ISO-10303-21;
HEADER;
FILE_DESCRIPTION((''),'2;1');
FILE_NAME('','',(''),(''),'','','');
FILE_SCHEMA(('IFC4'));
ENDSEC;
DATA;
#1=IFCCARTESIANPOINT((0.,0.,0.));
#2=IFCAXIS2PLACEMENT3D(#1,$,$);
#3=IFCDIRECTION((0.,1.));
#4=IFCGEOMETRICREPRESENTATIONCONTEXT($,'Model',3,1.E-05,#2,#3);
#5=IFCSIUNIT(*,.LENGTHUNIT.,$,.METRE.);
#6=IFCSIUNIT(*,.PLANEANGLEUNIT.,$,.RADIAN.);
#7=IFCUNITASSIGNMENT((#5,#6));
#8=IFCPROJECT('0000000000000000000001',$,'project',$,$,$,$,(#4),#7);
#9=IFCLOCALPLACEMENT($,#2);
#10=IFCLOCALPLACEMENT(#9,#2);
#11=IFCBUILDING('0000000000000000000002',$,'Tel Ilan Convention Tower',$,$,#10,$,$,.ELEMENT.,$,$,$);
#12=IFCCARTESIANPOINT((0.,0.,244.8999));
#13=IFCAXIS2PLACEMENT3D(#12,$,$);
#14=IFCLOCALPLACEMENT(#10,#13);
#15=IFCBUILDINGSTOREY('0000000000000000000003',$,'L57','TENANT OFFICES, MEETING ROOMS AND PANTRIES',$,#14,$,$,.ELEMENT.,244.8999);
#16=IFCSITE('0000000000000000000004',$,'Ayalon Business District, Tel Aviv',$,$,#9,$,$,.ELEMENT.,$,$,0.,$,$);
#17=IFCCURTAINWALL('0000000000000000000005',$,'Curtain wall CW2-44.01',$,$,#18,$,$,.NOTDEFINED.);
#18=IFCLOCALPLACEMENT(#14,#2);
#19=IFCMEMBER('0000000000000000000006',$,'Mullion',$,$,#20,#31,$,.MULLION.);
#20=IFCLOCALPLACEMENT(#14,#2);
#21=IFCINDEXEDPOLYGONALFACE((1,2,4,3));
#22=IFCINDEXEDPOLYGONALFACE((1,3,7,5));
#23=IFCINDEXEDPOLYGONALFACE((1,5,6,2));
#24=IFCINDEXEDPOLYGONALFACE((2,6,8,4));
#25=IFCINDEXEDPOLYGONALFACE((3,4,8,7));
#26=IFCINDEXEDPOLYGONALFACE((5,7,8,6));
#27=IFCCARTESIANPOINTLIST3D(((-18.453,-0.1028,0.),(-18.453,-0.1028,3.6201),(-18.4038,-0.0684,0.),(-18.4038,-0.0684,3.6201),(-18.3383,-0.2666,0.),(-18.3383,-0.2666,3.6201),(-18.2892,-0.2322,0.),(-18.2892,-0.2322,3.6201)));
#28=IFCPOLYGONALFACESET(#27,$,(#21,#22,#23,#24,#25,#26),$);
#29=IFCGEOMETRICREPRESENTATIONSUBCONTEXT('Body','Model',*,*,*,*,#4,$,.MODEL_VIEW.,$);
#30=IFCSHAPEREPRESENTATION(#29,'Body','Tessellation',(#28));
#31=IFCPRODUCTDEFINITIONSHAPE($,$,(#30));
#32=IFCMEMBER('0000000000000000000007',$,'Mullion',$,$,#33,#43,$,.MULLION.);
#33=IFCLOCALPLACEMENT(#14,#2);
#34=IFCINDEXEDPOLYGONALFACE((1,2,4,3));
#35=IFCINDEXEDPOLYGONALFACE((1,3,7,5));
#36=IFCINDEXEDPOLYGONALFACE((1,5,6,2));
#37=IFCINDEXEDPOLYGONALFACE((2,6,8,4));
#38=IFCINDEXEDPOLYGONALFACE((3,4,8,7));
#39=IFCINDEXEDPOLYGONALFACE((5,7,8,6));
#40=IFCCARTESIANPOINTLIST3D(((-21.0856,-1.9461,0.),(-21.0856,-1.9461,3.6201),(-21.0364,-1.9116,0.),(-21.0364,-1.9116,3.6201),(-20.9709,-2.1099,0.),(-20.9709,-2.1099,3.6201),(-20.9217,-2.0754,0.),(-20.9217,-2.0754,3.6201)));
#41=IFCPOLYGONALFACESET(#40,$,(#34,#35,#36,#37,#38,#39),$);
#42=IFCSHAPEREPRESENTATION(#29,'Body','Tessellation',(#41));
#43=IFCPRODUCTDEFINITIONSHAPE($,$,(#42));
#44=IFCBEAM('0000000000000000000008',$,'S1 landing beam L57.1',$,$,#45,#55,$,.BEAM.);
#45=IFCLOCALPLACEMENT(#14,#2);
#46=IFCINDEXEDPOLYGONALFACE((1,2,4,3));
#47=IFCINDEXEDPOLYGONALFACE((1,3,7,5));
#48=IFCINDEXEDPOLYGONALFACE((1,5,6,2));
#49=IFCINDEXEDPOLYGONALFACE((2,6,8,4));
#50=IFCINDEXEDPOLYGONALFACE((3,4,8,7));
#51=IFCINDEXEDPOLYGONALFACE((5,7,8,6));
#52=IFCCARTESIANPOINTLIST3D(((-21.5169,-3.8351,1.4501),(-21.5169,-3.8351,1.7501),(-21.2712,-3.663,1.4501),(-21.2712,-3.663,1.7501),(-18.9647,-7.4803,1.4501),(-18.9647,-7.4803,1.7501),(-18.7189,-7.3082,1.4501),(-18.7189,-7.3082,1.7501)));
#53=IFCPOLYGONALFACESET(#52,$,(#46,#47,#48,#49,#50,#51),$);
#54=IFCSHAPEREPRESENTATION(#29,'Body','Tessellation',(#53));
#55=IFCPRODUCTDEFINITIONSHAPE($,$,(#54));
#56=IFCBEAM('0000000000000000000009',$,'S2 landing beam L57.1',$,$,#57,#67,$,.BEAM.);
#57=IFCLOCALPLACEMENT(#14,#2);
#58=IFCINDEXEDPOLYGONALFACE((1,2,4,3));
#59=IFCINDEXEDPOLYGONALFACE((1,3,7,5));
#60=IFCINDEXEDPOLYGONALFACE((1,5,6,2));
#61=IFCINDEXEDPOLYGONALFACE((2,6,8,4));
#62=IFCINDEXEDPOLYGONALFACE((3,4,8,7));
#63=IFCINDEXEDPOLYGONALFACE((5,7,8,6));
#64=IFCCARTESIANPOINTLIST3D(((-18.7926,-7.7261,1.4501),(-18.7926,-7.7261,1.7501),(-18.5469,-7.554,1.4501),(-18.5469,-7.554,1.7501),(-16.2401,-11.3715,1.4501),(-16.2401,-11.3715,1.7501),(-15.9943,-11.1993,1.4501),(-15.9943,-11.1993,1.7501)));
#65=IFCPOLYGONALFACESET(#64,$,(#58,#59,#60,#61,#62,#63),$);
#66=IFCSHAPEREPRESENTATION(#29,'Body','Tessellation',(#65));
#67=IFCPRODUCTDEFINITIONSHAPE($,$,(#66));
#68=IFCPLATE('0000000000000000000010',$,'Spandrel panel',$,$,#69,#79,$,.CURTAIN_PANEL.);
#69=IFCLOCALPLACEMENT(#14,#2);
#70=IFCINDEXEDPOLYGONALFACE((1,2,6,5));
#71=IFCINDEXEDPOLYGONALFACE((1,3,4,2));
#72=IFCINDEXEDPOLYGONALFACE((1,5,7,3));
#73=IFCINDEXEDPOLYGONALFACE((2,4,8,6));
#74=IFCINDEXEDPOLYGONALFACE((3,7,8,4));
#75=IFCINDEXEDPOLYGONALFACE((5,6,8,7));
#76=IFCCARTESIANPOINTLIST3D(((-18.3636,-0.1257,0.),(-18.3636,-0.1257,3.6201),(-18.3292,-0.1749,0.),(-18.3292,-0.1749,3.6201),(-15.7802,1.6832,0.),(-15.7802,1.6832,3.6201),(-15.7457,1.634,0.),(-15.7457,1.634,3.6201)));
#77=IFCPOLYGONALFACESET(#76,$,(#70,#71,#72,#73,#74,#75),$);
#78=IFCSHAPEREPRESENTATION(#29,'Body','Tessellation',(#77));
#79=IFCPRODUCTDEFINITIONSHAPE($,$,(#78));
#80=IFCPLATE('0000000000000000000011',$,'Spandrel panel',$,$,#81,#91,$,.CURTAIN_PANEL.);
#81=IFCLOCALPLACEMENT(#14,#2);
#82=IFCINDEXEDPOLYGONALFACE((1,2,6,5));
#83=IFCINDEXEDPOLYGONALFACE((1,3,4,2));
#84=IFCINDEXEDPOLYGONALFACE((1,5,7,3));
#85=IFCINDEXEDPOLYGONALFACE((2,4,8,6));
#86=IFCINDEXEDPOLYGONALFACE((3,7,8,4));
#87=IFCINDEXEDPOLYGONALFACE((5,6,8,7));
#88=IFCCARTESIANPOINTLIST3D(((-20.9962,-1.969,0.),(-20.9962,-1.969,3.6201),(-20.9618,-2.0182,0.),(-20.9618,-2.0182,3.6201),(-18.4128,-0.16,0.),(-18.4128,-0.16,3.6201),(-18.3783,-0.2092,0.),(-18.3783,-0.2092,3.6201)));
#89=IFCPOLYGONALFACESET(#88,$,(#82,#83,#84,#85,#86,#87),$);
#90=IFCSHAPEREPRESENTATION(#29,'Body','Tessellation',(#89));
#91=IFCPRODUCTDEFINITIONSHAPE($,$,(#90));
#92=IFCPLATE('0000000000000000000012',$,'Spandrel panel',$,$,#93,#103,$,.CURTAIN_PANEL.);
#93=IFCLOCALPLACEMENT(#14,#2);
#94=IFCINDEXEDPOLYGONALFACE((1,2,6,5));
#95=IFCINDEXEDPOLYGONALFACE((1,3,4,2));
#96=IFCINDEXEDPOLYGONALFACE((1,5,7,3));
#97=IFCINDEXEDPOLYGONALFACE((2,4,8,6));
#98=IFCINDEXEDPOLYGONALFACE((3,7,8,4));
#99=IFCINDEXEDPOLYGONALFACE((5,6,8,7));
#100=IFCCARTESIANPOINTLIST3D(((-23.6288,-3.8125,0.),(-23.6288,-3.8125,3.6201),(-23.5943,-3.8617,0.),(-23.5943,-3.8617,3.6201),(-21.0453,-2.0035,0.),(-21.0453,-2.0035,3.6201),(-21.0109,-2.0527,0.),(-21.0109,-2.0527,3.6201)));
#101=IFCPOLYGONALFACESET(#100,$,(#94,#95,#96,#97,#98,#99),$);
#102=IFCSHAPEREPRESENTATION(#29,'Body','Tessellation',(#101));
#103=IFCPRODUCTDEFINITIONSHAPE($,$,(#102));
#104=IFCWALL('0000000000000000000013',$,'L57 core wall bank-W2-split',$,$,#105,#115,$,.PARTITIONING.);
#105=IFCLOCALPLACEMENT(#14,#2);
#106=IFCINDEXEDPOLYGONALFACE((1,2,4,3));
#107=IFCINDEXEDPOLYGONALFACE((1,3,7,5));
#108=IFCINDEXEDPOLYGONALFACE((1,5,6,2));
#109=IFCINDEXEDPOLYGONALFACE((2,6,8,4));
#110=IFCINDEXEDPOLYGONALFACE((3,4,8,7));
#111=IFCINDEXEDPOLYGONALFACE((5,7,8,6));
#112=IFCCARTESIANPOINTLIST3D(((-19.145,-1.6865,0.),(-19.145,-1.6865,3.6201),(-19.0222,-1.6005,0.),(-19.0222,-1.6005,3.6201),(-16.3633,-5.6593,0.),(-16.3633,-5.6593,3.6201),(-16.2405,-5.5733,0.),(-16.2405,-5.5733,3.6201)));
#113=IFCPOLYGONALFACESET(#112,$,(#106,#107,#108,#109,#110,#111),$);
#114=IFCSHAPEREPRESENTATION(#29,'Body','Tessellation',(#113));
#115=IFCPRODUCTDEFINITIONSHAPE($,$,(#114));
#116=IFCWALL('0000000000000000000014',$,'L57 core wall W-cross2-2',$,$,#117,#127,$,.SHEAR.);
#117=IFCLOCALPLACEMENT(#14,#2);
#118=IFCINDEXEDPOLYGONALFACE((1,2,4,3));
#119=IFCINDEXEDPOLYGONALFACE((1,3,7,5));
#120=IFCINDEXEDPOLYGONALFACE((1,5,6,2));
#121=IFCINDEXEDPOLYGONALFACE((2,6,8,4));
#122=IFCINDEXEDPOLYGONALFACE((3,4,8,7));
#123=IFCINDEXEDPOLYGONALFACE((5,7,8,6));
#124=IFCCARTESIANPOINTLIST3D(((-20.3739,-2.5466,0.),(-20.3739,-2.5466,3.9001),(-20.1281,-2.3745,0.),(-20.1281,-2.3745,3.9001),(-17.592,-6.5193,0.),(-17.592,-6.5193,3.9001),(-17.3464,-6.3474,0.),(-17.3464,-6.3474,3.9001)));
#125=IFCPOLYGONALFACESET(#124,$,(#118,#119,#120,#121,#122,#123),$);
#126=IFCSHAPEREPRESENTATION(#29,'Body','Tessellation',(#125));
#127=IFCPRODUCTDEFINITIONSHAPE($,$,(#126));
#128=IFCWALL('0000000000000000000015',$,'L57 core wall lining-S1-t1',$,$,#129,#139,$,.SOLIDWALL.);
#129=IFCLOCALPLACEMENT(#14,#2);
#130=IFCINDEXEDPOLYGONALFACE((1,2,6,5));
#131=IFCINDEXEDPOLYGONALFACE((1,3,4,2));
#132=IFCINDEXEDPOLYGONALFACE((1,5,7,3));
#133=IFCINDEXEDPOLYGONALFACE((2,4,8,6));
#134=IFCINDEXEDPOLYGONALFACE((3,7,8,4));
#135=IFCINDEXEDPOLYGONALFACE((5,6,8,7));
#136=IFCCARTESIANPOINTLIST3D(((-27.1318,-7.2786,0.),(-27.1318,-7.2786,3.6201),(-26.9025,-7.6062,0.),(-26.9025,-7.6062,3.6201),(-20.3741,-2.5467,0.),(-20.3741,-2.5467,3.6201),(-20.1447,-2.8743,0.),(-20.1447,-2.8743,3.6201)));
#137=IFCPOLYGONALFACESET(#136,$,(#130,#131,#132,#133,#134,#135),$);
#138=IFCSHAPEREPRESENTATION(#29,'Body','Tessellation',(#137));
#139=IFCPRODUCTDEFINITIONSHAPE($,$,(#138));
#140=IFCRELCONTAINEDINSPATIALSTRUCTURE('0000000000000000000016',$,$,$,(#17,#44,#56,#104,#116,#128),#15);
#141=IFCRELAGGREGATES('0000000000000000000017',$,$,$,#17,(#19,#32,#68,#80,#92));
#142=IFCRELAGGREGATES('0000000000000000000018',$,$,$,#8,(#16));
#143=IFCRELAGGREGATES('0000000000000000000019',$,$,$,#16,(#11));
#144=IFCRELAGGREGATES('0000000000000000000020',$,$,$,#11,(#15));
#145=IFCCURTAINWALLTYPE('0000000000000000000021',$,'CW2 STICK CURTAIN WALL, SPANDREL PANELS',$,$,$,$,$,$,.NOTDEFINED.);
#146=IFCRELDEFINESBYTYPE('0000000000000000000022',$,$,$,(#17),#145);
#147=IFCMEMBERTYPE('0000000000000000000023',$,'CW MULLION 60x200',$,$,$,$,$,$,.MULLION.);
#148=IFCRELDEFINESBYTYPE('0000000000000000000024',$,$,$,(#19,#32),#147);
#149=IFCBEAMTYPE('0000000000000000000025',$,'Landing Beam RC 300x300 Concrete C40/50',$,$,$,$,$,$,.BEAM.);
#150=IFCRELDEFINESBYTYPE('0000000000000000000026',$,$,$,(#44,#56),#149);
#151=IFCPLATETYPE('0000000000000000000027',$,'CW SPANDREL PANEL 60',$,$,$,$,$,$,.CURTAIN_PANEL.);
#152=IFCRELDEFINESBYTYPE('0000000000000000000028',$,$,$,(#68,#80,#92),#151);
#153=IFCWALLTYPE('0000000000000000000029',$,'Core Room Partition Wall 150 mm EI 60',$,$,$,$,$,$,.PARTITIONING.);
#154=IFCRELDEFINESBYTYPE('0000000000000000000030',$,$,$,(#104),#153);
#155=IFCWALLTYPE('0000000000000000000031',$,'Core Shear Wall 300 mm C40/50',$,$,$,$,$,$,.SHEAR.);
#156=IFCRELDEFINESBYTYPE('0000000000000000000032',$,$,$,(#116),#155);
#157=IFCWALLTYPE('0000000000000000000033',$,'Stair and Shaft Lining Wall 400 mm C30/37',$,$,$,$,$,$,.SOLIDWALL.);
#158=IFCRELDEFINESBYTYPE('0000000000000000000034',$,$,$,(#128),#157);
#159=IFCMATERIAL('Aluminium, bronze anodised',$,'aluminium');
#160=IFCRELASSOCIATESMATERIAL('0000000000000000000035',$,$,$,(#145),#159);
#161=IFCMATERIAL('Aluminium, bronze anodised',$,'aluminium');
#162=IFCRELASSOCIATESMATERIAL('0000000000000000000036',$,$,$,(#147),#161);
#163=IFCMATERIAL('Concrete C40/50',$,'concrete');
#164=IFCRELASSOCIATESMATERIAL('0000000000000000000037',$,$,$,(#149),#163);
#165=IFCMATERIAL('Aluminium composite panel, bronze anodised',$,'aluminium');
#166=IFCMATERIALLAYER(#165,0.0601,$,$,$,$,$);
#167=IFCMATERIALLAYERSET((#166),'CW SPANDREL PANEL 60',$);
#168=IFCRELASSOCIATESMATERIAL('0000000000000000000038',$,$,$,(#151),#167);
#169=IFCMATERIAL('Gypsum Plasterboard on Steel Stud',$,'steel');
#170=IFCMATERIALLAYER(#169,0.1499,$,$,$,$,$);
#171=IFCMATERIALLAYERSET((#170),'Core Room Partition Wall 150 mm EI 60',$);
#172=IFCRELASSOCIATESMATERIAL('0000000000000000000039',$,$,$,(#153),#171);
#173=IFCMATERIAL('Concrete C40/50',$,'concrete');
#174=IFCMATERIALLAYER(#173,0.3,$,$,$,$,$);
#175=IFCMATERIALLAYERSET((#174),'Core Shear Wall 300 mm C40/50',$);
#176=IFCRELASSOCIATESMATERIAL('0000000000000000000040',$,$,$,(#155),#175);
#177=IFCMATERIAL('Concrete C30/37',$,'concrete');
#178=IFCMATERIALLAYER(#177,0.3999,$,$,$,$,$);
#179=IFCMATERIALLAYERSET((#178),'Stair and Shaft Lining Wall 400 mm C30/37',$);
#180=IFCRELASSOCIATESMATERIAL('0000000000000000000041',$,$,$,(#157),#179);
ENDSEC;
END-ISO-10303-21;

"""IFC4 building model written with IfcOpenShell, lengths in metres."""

from ifc_helpers import new_model, si_unit, direction, frame, frame_2d, origin, origin_2d, place, context, subcontext, project, spatial, polyline, rectangle, outline, extrude, material, layer, layer_set, material_profile, profile_set, type_object, element, aggregate, save


model = new_model("IFC4")

# Units and contexts
model_context = context("Model", 3, precision=1e-05, world=origin(), true_north=direction((0.0, 1.0)))
body_context = subcontext(model_context, "Body", "Model", "MODEL_VIEW")
ifc_project = project(units=[si_unit("LENGTHUNIT", "METRE"), si_unit("PLANEANGLEUNIT", "RADIAN")], contexts=[model_context])

# Site, building, storey
site_placement = place(None, origin())
site = spatial("IfcSite", under=ifc_project, at=site_placement, Name="Ayalon Business District, Tel Aviv", CompositionType="ELEMENT", RefElevation=0.0)
building_placement = place(site_placement, origin())
building = spatial("IfcBuilding", under=site, at=building_placement, Name="Tel Ilan Convention Tower", CompositionType="ELEMENT")
storey_placement = place(building_placement, frame((0.0, 0.0, 244.8999)))
storey = spatial("IfcBuildingStorey", under=building, at=storey_placement, Name="L57", Description="TENANT OFFICES, MEETING ROOMS AND PANTRIES", CompositionType="ELEMENT", Elevation=244.8999)

# Curtain wall, members
ifc_material_1 = material(Name="Aluminium, bronze anodised", Category="aluminium")
curtain_wall_type = type_object("IfcCurtainWallType", Name="CW2 STICK CURTAIN WALL, SPANDREL PANELS", PredefinedType="NOTDEFINED", material=ifc_material_1)
curtain_wall_placement = place(storey_placement, origin())
curtain_wall = element("IfcCurtainWall", 1, at=curtain_wall_placement, inside=storey, type_object=curtain_wall_type, Name="Curtain wall CW2-44.01", PredefinedType="NOTDEFINED")
ifc_material_2 = material(Name="Aluminium, bronze anodised", Category="aluminium")
ifc_material_profile_1 = material_profile(ifc_material_2, rectangle(XDim=0.0601, YDim=0.2, at=origin_2d()), Name="CW MULLION 60x200")
ifc_profile_set_1 = profile_set([ifc_material_profile_1], Name="Aluminium, bronze anodised")
member_type = type_object("IfcMemberType", Name="CW MULLION 60x200", PredefinedType="MULLION", material=ifc_profile_set_1)
member_1_placement = place(storey_placement, frame((-18.3711, -0.1675, 0.0), z_axis=(0.0, 0.0, 1.0), x_axis=(-0.819152, -0.573576, 0.0)))
member_1 = element("IfcMember", 2, at=member_1_placement, type_object=member_type, Name="Mullion", PredefinedType="MULLION", context=body_context, shape_type="SweptSolid", body=[
    extrude(rectangle(XDim=0.0601, YDim=0.2, at=origin_2d()), origin(), (0.0, 0.0, 1.0), 3.6201),
])
member_2_placement = place(storey_placement, frame((-21.0037, -2.0107, 0.0), z_axis=(0.0, 0.0, 1.0), x_axis=(-0.819152, -0.573576, 0.0)))
member_2 = element("IfcMember", 3, at=member_2_placement, type_object=member_type, Name="Mullion", PredefinedType="MULLION", context=body_context, shape_type="SweptSolid", body=[
    extrude(rectangle(XDim=0.0601, YDim=0.2, at=origin_2d()), origin(), (0.0, 0.0, 1.0), 3.6201),
])

# Beams
ifc_material_3 = material(Name="Concrete C40/50", Category="concrete")
ifc_material_profile_2 = material_profile(ifc_material_3, rectangle(XDim=0.3, YDim=0.3, at=origin_2d()), Name="RC 300x300")
ifc_profile_set_2 = profile_set([ifc_material_profile_2], Name="Concrete C40/50")
beam_type = type_object("IfcBeamType", Name="Landing Beam RC 300x300 Concrete C40/50", PredefinedType="BEAM", material=ifc_profile_set_2)
beam_1_placement = place(storey_placement, frame((-18.8418, -7.3943, 1.6001), z_axis=(-0.573547, 0.819173, 0.0), x_axis=(-0.819173, -0.573547, 0.0)))
element("IfcBeam", 4, at=beam_1_placement, inside=storey, type_object=beam_type, Name="S1 landing beam L57.1", PredefinedType="BEAM", context=body_context, shape_type="SweptSolid", body=[
    extrude(rectangle(XDim=0.3, YDim=0.3, at=origin_2d()), origin(), (0.0, 0.0, 1.0), 4.45),
])
beam_2_placement = place(storey_placement, frame((-16.1172, -11.2854, 1.6001), z_axis=(-0.573584, 0.819147, 0.0), x_axis=(-0.819147, -0.573584, 0.0)))
element("IfcBeam", 5, at=beam_2_placement, inside=storey, type_object=beam_type, Name="S2 landing beam L57.1", PredefinedType="BEAM", context=body_context, shape_type="SweptSolid", body=[
    extrude(rectangle(XDim=0.3, YDim=0.3, at=origin_2d()), origin(), (0.0, 0.0, 1.0), 4.4502),
])

# Plates
ifc_material_4 = material(Name="Aluminium composite panel, bronze anodised", Category="aluminium")
ifc_layer_1 = layer(ifc_material_4, 0.0601)
ifc_layer_set_1 = layer_set([ifc_layer_1], Name="CW SPANDREL PANEL 60")
plate_type = type_object("IfcPlateType", Name="CW SPANDREL PANEL 60", PredefinedType="CURTAIN_PANEL", material=ifc_layer_set_1)
plate_1_placement = place(storey_placement, frame((-17.0547, 0.7542, 0.0), z_axis=(0.0, 0.0, 1.0), x_axis=(-0.819152, -0.573576, 0.0)))
plate_1 = element("IfcPlate", 6, at=plate_1_placement, type_object=plate_type, Name="Spandrel panel", PredefinedType="CURTAIN_PANEL", context=body_context, shape_type="SweptSolid", body=[
    extrude(rectangle(XDim=3.1538, YDim=0.0601, at=origin_2d()), origin(), (0.0, 0.0, 1.0), 3.6201),
])
plate_2_placement = place(storey_placement, frame((-19.6873, -1.0891, 0.0), z_axis=(0.0, 0.0, 1.0), x_axis=(-0.819152, -0.573576, 0.0)))
plate_2 = element("IfcPlate", 7, at=plate_2_placement, type_object=plate_type, Name="Spandrel panel", PredefinedType="CURTAIN_PANEL", context=body_context, shape_type="SweptSolid", body=[
    extrude(rectangle(XDim=3.1538, YDim=0.0601, at=origin_2d()), origin(), (0.0, 0.0, 1.0), 3.6201),
])
plate_3_placement = place(storey_placement, frame((-22.3198, -2.9326, 0.0), z_axis=(0.0, 0.0, 1.0), x_axis=(-0.819152, -0.573576, 0.0)))
plate_3 = element("IfcPlate", 8, at=plate_3_placement, type_object=plate_type, Name="Spandrel panel", PredefinedType="CURTAIN_PANEL", context=body_context, shape_type="SweptSolid", body=[
    extrude(rectangle(XDim=3.1538, YDim=0.0601, at=origin_2d()), origin(), (0.0, 0.0, 1.0), 3.6201),
])
aggregate(curtain_wall, [member_1, member_2, plate_1, plate_2, plate_3])

# Walls
ifc_material_5 = material(Name="Gypsum Plasterboard on Steel Stud", Category="steel")
ifc_layer_2 = layer(ifc_material_5, 0.1499)
ifc_layer_set_2 = layer_set([ifc_layer_2], Name="Core Room Partition Wall 150 mm EI 60")
wall_type_1 = type_object("IfcWallType", Name="Core Room Partition Wall 150 mm EI 60", PredefinedType="PARTITIONING", material=ifc_layer_set_2)
wall_1_placement = place(storey_placement, frame((-16.302, -5.6162, 0.0), z_axis=(0.0, 0.0, 1.0), x_axis=(-0.57356, 0.819163, 0.0)))
element("IfcWall", 9, at=wall_1_placement, inside=storey, type_object=wall_type_1, Name="L57 core wall bank-W2-split", PredefinedType="PARTITIONING", context=body_context, shape_type="SweptSolid", body=[
    extrude(rectangle(XDim=4.8499, YDim=0.1499, at=frame_2d((2.4248, 0.0))), origin(), (0.0, 0.0, 1.0), 3.6201),
])
ifc_material_6 = material(Name="Concrete C40/50", Category="concrete")
ifc_layer_3 = layer(ifc_material_6, 0.3)
ifc_layer_set_3 = layer_set([ifc_layer_3], Name="Core Shear Wall 300 mm C40/50")
wall_type_2 = type_object("IfcWallType", Name="Core Shear Wall 300 mm C40/50", PredefinedType="SHEAR", material=ifc_layer_set_3)
wall_2_placement = place(storey_placement, frame((-17.4692, -6.4333, 0.0), z_axis=(0.0, 0.0, 1.0), x_axis=(-0.573594, 0.81914, 0.0)))
element("IfcWall", 10, at=wall_2_placement, inside=storey, type_object=wall_type_2, Name="L57 core wall W-cross2-2", PredefinedType="SHEAR", context=body_context, shape_type="SweptSolid", body=[
    extrude(outline(polyline([(4.8499, -0.1501), (4.8499, 0.1499), (0.0, 0.1499), (0.0, -0.1499), (4.8499, -0.1501)])), origin(), (0.0, 0.0, 1.0), 3.9001),
])
ifc_material_7 = material(Name="Concrete C30/37", Category="concrete")
ifc_layer_4 = layer(ifc_material_7, 0.3999)
ifc_layer_set_4 = layer_set([ifc_layer_4], Name="Stair and Shaft Lining Wall 400 mm C30/37")
wall_type_3 = type_object("IfcWallType", Name="Stair and Shaft Lining Wall 400 mm C30/37", PredefinedType="SOLIDWALL", material=ifc_layer_set_4)
wall_3_placement = place(storey_placement, frame((-20.2593, -2.7104, 0.0), z_axis=(0.0, 0.0, 1.0), x_axis=(-0.819148, -0.573582, 0.0)))
element("IfcWall", 11, at=wall_3_placement, inside=storey, type_object=wall_type_3, Name="L57 core wall lining-S1-t1", PredefinedType="SOLIDWALL", context=body_context, shape_type="SweptSolid", body=[
    extrude(rectangle(XDim=8.2498, YDim=0.3999, at=frame_2d((4.125, 0.0))), origin(), (0.0, 0.0, 1.0), 3.6201),
])

save(model, "model.ifc")
